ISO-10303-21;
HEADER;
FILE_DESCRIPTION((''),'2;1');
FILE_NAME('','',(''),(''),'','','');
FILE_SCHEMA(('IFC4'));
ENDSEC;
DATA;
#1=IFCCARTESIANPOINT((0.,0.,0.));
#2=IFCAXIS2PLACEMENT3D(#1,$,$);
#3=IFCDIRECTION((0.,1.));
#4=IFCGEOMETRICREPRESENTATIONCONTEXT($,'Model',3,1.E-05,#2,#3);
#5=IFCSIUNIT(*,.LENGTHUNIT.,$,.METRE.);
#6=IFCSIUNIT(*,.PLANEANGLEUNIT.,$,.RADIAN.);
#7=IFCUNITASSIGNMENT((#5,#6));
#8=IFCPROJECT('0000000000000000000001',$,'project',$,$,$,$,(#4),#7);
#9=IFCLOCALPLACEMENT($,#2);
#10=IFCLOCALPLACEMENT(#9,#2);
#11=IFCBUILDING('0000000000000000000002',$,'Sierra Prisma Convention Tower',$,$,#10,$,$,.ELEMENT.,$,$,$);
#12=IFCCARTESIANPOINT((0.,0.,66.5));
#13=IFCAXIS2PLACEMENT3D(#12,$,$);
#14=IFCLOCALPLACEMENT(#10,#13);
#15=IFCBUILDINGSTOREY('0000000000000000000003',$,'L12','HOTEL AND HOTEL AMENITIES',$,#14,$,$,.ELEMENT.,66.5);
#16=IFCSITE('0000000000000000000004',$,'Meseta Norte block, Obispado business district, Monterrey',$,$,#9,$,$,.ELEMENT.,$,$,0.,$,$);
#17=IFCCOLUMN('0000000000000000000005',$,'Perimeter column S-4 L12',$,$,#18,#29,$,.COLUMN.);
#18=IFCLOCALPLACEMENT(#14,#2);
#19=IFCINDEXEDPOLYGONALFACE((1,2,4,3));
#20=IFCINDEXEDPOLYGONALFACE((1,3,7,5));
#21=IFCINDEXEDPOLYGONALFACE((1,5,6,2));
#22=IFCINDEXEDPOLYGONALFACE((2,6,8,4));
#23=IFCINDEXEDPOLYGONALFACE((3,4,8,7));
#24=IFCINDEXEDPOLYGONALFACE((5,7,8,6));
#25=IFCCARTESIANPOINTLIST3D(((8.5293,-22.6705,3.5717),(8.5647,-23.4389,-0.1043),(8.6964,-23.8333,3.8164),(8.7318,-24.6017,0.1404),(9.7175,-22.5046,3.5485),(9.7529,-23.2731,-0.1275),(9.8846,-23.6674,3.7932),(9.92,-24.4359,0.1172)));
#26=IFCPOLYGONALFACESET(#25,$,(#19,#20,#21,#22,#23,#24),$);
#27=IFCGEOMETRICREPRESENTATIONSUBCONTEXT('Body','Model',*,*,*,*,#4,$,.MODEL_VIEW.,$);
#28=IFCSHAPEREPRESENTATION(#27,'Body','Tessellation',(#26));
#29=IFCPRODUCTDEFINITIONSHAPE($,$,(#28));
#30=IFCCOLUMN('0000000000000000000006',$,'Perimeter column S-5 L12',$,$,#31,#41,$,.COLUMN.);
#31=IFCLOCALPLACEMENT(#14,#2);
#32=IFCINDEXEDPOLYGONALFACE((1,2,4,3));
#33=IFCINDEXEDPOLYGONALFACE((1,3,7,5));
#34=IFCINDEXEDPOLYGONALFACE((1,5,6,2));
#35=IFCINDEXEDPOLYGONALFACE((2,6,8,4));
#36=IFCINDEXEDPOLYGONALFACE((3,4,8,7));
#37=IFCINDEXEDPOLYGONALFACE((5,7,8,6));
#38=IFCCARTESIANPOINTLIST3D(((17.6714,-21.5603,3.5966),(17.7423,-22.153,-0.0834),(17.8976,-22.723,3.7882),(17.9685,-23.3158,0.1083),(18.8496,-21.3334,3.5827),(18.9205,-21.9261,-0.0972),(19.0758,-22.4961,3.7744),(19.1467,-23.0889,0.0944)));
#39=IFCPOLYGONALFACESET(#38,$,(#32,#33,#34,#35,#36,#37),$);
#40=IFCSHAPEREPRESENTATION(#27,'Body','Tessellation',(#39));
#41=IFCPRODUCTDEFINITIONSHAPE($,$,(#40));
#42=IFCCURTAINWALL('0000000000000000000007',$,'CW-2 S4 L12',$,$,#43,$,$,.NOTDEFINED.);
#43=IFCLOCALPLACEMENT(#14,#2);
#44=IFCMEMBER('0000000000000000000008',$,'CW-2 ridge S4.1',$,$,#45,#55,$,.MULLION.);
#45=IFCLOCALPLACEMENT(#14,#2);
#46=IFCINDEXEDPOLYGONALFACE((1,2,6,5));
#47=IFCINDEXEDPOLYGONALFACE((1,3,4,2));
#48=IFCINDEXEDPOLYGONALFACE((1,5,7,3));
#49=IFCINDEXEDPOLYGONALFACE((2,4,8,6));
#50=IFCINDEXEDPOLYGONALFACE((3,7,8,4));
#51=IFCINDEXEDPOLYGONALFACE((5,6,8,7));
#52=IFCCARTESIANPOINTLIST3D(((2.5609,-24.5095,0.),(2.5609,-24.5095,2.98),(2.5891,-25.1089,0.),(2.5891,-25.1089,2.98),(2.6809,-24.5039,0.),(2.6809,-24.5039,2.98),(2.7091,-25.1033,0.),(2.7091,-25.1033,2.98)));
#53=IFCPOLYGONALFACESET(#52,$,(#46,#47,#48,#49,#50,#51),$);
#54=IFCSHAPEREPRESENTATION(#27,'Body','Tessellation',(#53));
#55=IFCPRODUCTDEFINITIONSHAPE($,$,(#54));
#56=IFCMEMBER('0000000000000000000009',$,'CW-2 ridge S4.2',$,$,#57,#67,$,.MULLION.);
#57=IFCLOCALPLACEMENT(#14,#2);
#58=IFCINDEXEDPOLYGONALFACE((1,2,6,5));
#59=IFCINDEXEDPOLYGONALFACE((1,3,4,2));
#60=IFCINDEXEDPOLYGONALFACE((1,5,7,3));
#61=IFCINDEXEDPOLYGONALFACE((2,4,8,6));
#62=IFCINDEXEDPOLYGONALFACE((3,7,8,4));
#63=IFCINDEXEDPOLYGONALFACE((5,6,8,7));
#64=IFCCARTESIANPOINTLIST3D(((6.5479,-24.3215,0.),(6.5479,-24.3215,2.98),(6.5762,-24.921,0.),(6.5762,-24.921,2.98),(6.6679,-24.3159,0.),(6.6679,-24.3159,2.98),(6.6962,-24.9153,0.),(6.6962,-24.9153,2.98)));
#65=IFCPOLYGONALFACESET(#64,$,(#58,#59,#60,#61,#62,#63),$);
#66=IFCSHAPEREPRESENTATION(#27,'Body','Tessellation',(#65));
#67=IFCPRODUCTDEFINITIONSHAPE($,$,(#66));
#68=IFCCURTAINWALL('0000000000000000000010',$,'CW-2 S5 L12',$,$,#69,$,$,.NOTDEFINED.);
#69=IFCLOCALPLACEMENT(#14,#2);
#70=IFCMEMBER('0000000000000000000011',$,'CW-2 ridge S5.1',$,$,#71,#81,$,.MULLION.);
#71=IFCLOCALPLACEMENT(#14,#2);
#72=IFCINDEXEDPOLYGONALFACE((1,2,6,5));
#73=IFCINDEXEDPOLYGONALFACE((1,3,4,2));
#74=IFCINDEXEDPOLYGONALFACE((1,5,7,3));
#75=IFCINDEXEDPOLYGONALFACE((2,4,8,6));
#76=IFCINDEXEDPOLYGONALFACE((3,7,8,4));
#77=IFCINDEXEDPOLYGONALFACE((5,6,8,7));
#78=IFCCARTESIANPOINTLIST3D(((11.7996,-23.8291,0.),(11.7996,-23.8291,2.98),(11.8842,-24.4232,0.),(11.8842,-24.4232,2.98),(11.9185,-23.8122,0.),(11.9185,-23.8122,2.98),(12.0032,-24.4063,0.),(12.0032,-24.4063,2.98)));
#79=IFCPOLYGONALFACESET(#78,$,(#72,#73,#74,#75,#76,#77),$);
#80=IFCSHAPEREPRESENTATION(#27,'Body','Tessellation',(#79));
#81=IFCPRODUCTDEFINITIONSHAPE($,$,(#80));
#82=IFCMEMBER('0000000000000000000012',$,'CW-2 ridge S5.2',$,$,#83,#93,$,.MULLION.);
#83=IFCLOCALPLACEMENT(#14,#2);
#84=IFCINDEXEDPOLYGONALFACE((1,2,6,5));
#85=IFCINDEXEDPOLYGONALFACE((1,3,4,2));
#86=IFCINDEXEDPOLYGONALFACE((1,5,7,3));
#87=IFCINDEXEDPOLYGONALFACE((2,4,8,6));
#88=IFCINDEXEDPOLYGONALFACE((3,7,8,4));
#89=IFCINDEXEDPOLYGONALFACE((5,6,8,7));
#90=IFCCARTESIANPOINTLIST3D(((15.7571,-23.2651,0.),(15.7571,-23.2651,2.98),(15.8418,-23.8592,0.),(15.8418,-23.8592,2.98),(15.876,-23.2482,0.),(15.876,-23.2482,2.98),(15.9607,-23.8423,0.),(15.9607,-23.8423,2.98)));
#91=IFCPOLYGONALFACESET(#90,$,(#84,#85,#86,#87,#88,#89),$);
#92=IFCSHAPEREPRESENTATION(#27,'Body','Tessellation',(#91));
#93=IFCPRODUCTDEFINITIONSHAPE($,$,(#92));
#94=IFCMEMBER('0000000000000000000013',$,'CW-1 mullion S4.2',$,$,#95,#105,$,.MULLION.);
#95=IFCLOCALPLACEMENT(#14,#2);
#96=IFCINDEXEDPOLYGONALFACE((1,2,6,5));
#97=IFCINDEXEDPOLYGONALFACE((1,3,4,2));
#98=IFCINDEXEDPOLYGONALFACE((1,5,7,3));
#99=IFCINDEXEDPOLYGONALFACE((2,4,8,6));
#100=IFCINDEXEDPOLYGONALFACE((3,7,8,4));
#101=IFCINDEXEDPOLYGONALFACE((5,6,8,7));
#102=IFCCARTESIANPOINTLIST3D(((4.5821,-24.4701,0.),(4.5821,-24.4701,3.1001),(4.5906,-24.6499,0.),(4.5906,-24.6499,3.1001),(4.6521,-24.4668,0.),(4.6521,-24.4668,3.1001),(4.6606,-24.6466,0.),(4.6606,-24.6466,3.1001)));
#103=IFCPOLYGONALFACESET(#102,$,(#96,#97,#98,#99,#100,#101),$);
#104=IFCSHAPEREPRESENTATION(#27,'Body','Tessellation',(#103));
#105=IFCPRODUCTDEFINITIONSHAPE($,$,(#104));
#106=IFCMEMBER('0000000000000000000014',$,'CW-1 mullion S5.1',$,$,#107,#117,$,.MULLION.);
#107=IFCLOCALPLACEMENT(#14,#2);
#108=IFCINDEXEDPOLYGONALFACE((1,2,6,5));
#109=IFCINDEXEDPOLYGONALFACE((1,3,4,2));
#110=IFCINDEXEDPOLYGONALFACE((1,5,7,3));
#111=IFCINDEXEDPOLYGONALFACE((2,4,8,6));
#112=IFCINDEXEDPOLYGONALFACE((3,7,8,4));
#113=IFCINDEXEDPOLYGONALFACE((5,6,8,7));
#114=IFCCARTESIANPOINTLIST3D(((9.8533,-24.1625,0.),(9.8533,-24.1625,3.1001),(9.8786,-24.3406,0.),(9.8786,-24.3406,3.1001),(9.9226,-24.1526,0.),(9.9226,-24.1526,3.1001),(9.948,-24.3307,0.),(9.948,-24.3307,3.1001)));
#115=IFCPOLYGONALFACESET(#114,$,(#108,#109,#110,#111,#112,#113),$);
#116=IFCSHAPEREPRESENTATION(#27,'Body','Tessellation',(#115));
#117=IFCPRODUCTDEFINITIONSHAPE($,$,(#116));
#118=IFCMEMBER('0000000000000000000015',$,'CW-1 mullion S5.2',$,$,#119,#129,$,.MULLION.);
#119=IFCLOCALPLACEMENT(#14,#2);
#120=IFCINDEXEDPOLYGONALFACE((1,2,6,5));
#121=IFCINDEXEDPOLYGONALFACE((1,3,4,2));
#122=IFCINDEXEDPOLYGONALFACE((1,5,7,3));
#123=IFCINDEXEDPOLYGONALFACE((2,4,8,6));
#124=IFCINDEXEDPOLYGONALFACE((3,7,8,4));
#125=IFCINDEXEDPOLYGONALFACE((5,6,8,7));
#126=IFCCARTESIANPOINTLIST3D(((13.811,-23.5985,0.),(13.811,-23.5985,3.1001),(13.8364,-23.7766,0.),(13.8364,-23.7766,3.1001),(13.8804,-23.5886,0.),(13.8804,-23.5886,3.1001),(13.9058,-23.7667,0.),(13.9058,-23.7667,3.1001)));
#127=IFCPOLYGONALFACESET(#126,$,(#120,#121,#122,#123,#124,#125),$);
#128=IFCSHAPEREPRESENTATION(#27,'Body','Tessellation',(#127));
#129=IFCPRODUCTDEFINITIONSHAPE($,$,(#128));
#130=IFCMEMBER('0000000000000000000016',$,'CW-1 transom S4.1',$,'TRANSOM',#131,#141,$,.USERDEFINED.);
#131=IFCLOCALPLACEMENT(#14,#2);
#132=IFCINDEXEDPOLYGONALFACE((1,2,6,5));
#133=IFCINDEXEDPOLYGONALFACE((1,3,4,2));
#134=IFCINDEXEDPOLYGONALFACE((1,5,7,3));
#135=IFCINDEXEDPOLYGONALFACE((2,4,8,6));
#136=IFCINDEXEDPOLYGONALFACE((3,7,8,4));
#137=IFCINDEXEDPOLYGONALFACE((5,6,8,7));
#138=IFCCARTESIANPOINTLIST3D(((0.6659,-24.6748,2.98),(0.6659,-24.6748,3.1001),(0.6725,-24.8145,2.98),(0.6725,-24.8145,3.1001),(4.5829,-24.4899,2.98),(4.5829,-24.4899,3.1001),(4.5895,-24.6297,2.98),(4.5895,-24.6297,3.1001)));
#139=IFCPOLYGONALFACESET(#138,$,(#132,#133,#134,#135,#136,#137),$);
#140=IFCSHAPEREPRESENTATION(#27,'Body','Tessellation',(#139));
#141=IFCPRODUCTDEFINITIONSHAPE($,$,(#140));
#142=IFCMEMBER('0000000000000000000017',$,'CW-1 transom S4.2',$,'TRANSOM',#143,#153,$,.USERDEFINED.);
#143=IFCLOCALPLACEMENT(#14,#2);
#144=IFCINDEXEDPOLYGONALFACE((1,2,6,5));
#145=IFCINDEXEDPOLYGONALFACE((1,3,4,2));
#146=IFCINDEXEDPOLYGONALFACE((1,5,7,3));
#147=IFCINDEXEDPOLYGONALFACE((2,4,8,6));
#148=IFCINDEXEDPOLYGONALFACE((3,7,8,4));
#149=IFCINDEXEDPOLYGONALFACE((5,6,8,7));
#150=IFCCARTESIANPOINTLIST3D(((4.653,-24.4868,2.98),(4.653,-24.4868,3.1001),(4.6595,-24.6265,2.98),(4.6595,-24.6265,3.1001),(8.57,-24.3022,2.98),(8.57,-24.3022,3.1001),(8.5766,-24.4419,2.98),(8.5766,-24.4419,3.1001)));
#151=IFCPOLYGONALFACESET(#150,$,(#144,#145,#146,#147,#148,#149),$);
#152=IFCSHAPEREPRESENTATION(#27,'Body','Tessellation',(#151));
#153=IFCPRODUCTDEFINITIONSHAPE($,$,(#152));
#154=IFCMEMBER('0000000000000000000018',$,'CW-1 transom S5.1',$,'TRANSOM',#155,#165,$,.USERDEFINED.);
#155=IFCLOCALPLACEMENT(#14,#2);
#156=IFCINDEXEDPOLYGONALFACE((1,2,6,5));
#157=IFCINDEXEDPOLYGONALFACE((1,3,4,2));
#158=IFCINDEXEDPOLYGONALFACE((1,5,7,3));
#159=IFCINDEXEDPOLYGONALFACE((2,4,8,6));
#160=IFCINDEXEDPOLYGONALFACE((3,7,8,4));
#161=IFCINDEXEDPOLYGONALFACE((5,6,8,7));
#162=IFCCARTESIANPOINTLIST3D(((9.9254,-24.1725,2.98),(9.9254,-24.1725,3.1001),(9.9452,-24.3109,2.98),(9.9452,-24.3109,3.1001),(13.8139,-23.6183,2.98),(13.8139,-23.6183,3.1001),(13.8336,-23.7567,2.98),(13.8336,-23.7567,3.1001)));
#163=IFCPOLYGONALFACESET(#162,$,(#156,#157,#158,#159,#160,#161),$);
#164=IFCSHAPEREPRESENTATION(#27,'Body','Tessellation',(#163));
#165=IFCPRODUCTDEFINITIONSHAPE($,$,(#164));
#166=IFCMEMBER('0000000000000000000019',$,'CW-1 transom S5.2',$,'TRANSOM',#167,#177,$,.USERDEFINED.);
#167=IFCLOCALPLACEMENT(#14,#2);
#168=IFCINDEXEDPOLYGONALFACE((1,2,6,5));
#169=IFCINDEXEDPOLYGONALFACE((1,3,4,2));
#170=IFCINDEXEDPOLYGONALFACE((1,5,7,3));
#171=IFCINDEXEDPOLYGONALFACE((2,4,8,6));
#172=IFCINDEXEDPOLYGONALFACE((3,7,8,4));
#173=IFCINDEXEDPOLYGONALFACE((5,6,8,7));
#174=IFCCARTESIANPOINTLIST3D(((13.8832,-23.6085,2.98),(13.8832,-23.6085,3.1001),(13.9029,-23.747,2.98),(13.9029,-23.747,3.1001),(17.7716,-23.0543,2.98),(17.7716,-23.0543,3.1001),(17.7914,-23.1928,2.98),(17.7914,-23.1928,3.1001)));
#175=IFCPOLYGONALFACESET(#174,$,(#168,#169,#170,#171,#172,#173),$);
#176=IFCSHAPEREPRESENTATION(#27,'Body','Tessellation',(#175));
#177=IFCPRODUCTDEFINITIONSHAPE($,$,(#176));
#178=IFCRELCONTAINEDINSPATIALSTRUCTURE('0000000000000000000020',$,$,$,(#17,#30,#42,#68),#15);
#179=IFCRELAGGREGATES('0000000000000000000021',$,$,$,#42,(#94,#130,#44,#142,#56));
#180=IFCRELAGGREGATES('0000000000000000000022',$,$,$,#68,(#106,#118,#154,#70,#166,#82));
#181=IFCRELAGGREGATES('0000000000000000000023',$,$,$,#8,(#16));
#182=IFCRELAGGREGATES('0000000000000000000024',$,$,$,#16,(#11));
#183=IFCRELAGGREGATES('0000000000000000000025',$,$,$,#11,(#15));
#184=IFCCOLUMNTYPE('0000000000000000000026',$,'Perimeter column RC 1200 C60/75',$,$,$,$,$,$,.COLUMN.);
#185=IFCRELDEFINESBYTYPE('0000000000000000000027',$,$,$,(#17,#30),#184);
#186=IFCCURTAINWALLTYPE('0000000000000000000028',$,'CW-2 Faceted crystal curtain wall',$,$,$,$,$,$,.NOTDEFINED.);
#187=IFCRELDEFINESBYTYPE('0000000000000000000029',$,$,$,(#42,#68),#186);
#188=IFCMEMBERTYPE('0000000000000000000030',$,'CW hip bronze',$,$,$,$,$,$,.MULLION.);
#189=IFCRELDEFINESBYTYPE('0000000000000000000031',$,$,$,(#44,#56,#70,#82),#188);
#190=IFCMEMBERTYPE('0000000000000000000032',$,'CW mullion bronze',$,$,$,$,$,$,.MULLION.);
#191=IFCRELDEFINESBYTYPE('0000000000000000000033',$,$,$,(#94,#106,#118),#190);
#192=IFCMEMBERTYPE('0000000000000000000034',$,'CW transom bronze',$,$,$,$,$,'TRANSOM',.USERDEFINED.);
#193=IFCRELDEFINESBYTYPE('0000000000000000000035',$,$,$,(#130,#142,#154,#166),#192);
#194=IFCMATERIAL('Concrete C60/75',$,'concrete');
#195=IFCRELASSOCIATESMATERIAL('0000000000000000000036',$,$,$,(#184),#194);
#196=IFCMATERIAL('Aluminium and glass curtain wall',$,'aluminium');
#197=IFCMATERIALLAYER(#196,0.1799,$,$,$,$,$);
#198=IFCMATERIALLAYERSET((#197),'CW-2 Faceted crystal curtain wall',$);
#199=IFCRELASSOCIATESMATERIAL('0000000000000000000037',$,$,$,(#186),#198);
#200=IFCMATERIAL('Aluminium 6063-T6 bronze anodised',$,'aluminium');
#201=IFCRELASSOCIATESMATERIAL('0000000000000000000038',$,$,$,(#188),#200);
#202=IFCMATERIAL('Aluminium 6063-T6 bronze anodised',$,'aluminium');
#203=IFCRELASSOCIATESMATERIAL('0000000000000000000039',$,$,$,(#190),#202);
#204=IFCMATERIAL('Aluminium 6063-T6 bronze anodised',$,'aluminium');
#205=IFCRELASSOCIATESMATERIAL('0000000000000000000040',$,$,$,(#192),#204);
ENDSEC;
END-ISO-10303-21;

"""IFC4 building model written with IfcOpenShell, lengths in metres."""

from ifc_helpers import new_model, si_unit, direction, frame, origin, origin_2d, place, context, subcontext, project, spatial, rectangle, extrude, clip, halfspace, material, layer, layer_set, material_profile, profile_set, type_object, element, aggregate, save


model = new_model("IFC4")

# Units and contexts
model_context = context("Model", 3, precision=1e-05, world=origin(), true_north=direction((0.0, 1.0)))
body_context = subcontext(model_context, "Body", "Model", "MODEL_VIEW")
ifc_project = project(units=[si_unit("LENGTHUNIT", "METRE"), si_unit("PLANEANGLEUNIT", "RADIAN")], contexts=[model_context])

# Site, building, storey
site_placement = place(None, origin())
site = spatial("IfcSite", under=ifc_project, at=site_placement, Name="Meseta Norte block, Obispado business district, Monterrey", CompositionType="ELEMENT", RefElevation=0.0)
building_placement = place(site_placement, origin())
building = spatial("IfcBuilding", under=site, at=building_placement, Name="Sierra Prisma Convention Tower", CompositionType="ELEMENT")
storey_placement = place(building_placement, frame((0.0, 0.0, 66.5)))
storey = spatial("IfcBuildingStorey", under=building, at=storey_placement, Name="L12", Description="HOTEL AND HOTEL AMENITIES", CompositionType="ELEMENT", Elevation=66.5)

# Columns
ifc_material_1 = material(Name="Concrete C60/75", Category="concrete")
ifc_material_profile_1 = material_profile(ifc_material_1, rectangle(XDim=1.2, YDim=1.2, at=origin_2d()), Name="Perimeter column RC 1200 C60/75")
ifc_profile_set_1 = profile_set([ifc_material_profile_1], Name="Concrete C60/75")
column_type = type_object("IfcColumnType", Name="Perimeter column RC 1200 C60/75", PredefinedType="COLUMN", material=ifc_profile_set_1)
column_1_placement = place(storey_placement, frame((9.2424, -23.9387, 0.0), z_axis=(-0.00943, 0.204608, 0.978799), x_axis=(-0.990215, -0.1382, 0.01935)))
element("IfcColumn", 1, at=column_1_placement, inside=storey, type_object=column_type, Name="Perimeter column S-4 L12", PredefinedType="COLUMN", context=body_context, shape_type="SweptSolid", body=[
    clip(clip(extrude(rectangle(XDim=1.2, YDim=1.2, at=origin_2d()), origin(), (0.0, 0.0, 1.0), 3.78), halfspace(frame((0.0, 0.0, 0.0066)), True)), halfspace(frame((0.0, 0.0, 3.7622)), False)),
])
column_2_placement = place(storey_placement, frame((18.4446, -22.6218, 0.0), z_axis=(-0.019019, 0.158991, 0.987097), x_axis=(0.98189, 0.189098, -0.011539)))
element("IfcColumn", 2, at=column_2_placement, inside=storey, type_object=column_type, Name="Perimeter column S-5 L12", PredefinedType="COLUMN", context=body_context, shape_type="SweptSolid", body=[
    clip(clip(extrude(rectangle(XDim=1.2, YDim=1.2, at=origin_2d()), origin(), (0.0, 0.0, 1.0), 3.7483), halfspace(frame((0.0, 0.0, 0.0056)), True)), halfspace(frame((0.0, 0.0, 3.7336)), False)),
])

# Curtain walls, members
ifc_material_2 = material(Name="Aluminium and glass curtain wall", Category="aluminium")
ifc_layer_1 = layer(ifc_material_2, 0.1799)
ifc_layer_set_1 = layer_set([ifc_layer_1], Name="CW-2 Faceted crystal curtain wall")
curtain_wall_type = type_object("IfcCurtainWallType", Name="CW-2 Faceted crystal curtain wall", PredefinedType="NOTDEFINED", material=ifc_layer_set_1)
curtain_wall_1_placement = place(storey_placement, origin())
curtain_wall_1 = element("IfcCurtainWall", 3, at=curtain_wall_1_placement, inside=storey, type_object=curtain_wall_type, Name="CW-2 S4 L12", PredefinedType="NOTDEFINED")
ifc_material_3 = material(Name="Aluminium 6063-T6 bronze anodised", Category="aluminium")
ifc_material_profile_2 = material_profile(ifc_material_3, rectangle(XDim=0.1201, YDim=0.6001, at=origin_2d()), Name="ALU RIDGE BLADE 120x600")
ifc_profile_set_2 = profile_set([ifc_material_profile_2], Name="Aluminium 6063-T6 bronze anodised")
member_type_1 = type_object("IfcMemberType", Name="CW hip bronze", PredefinedType="MULLION", material=ifc_profile_set_2)
member_1_placement = place(storey_placement, frame((2.635, -24.8064, 0.0), z_axis=(0.0, 0.0, 1.0), x_axis=(0.99889, 0.047094, 0.0)))
member_1 = element("IfcMember", 4, at=member_1_placement, type_object=member_type_1, Name="CW-2 ridge S4.1", PredefinedType="MULLION", context=body_context, shape_type="SweptSolid", body=[
    extrude(rectangle(XDim=0.1201, YDim=0.6001, at=origin_2d()), origin(), (0.0, 0.0, 1.0), 2.98),
])
member_2_placement = place(storey_placement, frame((6.6221, -24.6184, 0.0), z_axis=(0.0, 0.0, 1.0), x_axis=(0.99889, 0.047094, 0.0)))
member_2 = element("IfcMember", 5, at=member_2_placement, type_object=member_type_1, Name="CW-2 ridge S4.2", PredefinedType="MULLION", context=body_context, shape_type="SweptSolid", body=[
    extrude(rectangle(XDim=0.1201, YDim=0.6001, at=origin_2d()), origin(), (0.0, 0.0, 1.0), 2.98),
])
curtain_wall_2_placement = place(storey_placement, origin())
curtain_wall_2 = element("IfcCurtainWall", 6, at=curtain_wall_2_placement, inside=storey, type_object=curtain_wall_type, Name="CW-2 S5 L12", PredefinedType="NOTDEFINED")
member_3_placement = place(storey_placement, frame((11.9014, -24.1177, 0.0), z_axis=(0.0, 0.0, 1.0), x_axis=(0.989998, 0.141079, 0.0)))
member_3 = element("IfcMember", 7, at=member_3_placement, type_object=member_type_1, Name="CW-2 ridge S5.1", PredefinedType="MULLION", context=body_context, shape_type="SweptSolid", body=[
    extrude(rectangle(XDim=0.1201, YDim=0.6001, at=origin_2d()), origin(), (0.0, 0.0, 1.0), 2.98),
])
member_4_placement = place(storey_placement, frame((15.8589, -23.5537, 0.0), z_axis=(0.0, 0.0, 1.0), x_axis=(0.989998, 0.141079, 0.0)))
member_4 = element("IfcMember", 8, at=member_4_placement, type_object=member_type_1, Name="CW-2 ridge S5.2", PredefinedType="MULLION", context=body_context, shape_type="SweptSolid", body=[
    extrude(rectangle(XDim=0.1201, YDim=0.6001, at=origin_2d()), origin(), (0.0, 0.0, 1.0), 2.98),
])

# Members
ifc_material_4 = material(Name="Aluminium 6063-T6 bronze anodised", Category="aluminium")
ifc_material_profile_3 = material_profile(ifc_material_4, rectangle(XDim=0.1799, YDim=0.0701, at=origin_2d()), Name="ALU MULLION 70x180")
ifc_profile_set_3 = profile_set([ifc_material_profile_3], Name="Aluminium 6063-T6 bronze anodised")
member_type_2 = type_object("IfcMemberType", Name="CW mullion bronze", PredefinedType="MULLION", material=ifc_profile_set_3)
member_5_placement = place(storey_placement, frame((4.6213, -24.5583, 0.0), z_axis=(0.0, 0.0, 1.0), x_axis=(-0.047094, 0.99889, 0.0)))
member_5 = element("IfcMember", 9, at=member_5_placement, type_object=member_type_2, Name="CW-1 mullion S4.2", PredefinedType="MULLION", context=body_context, shape_type="SweptSolid", body=[
    extrude(rectangle(XDim=0.1799, YDim=0.0701, at=origin_2d()), origin(), (0.0, 0.0, 1.0), 3.1001),
])
member_6_placement = place(storey_placement, frame((9.9006, -24.2466, 0.0), z_axis=(0.0, 0.0, 1.0), x_axis=(-0.141079, 0.989998, 0.0)))
member_6 = element("IfcMember", 10, at=member_6_placement, type_object=member_type_2, Name="CW-1 mullion S5.1", PredefinedType="MULLION", context=body_context, shape_type="SweptSolid", body=[
    extrude(rectangle(XDim=0.1799, YDim=0.0701, at=origin_2d()), origin(), (0.0, 0.0, 1.0), 3.1001),
])
member_7_placement = place(storey_placement, frame((13.8584, -23.6826, 0.0), z_axis=(0.0, 0.0, 1.0), x_axis=(-0.141079, 0.989998, 0.0)))
member_7 = element("IfcMember", 11, at=member_7_placement, type_object=member_type_2, Name="CW-1 mullion S5.2", PredefinedType="MULLION", context=body_context, shape_type="SweptSolid", body=[
    extrude(rectangle(XDim=0.1799, YDim=0.0701, at=origin_2d()), origin(), (0.0, 0.0, 1.0), 3.1001),
])
ifc_material_5 = material(Name="Aluminium 6063-T6 bronze anodised", Category="aluminium")
ifc_material_profile_4 = material_profile(ifc_material_5, rectangle(XDim=0.1399, YDim=0.1201, at=origin_2d()), Name="ALU TRANSOM 120x140")
ifc_profile_set_4 = profile_set([ifc_material_profile_4], Name="Aluminium 6063-T6 bronze anodised")
member_type_3 = type_object("IfcMemberType", Name="CW transom bronze", ElementType="TRANSOM", PredefinedType="USERDEFINED", material=ifc_profile_set_4)
member_8_placement = place(storey_placement, frame((0.6692, -24.7446, 3.04), z_axis=(0.998889, 0.04713, 0.0), x_axis=(-0.04713, 0.998889, 0.0)))
member_8 = element("IfcMember", 12, at=member_8_placement, type_object=member_type_3, Name="CW-1 transom S4.1", ObjectType="TRANSOM", PredefinedType="USERDEFINED", context=body_context, shape_type="SweptSolid", body=[
    extrude(rectangle(XDim=0.1399, YDim=0.1201, at=origin_2d()), origin(), (0.0, 0.0, 1.0), 3.9214),
])
member_9_placement = place(storey_placement, frame((4.6562, -24.5566, 3.04), z_axis=(0.998892, 0.047068, 0.0), x_axis=(-0.047068, 0.998892, 0.0)))
member_9 = element("IfcMember", 13, at=member_9_placement, type_object=member_type_3, Name="CW-1 transom S4.2", ObjectType="TRANSOM", PredefinedType="USERDEFINED", context=body_context, shape_type="SweptSolid", body=[
    extrude(rectangle(XDim=0.1399, YDim=0.1201, at=origin_2d()), origin(), (0.0, 0.0, 1.0), 3.9214),
])
member_10_placement = place(storey_placement, frame((9.9353, -24.2417, 3.04), z_axis=(0.989995, 0.141099, 0.0), x_axis=(-0.141099, 0.989995, 0.0)))
member_10 = element("IfcMember", 14, at=member_10_placement, type_object=member_type_3, Name="CW-1 transom S5.1", ObjectType="TRANSOM", PredefinedType="USERDEFINED", context=body_context, shape_type="SweptSolid", body=[
    extrude(rectangle(XDim=0.1399, YDim=0.1201, at=origin_2d()), origin(), (0.0, 0.0, 1.0), 3.9277),
])
member_11_placement = place(storey_placement, frame((13.8931, -23.6777, 3.04), z_axis=(0.989995, 0.141099, 0.0), x_axis=(-0.141099, 0.989995, 0.0)))
member_11 = element("IfcMember", 15, at=member_11_placement, type_object=member_type_3, Name="CW-1 transom S5.2", ObjectType="TRANSOM", PredefinedType="USERDEFINED", context=body_context, shape_type="SweptSolid", body=[
    extrude(rectangle(XDim=0.1399, YDim=0.1201, at=origin_2d()), origin(), (0.0, 0.0, 1.0), 3.9277),
])

aggregate(curtain_wall_1, [member_5, member_8, member_1, member_9, member_2])
aggregate(curtain_wall_2, [member_6, member_7, member_10, member_3, member_11, member_4])

save(model, "model.ifc")
